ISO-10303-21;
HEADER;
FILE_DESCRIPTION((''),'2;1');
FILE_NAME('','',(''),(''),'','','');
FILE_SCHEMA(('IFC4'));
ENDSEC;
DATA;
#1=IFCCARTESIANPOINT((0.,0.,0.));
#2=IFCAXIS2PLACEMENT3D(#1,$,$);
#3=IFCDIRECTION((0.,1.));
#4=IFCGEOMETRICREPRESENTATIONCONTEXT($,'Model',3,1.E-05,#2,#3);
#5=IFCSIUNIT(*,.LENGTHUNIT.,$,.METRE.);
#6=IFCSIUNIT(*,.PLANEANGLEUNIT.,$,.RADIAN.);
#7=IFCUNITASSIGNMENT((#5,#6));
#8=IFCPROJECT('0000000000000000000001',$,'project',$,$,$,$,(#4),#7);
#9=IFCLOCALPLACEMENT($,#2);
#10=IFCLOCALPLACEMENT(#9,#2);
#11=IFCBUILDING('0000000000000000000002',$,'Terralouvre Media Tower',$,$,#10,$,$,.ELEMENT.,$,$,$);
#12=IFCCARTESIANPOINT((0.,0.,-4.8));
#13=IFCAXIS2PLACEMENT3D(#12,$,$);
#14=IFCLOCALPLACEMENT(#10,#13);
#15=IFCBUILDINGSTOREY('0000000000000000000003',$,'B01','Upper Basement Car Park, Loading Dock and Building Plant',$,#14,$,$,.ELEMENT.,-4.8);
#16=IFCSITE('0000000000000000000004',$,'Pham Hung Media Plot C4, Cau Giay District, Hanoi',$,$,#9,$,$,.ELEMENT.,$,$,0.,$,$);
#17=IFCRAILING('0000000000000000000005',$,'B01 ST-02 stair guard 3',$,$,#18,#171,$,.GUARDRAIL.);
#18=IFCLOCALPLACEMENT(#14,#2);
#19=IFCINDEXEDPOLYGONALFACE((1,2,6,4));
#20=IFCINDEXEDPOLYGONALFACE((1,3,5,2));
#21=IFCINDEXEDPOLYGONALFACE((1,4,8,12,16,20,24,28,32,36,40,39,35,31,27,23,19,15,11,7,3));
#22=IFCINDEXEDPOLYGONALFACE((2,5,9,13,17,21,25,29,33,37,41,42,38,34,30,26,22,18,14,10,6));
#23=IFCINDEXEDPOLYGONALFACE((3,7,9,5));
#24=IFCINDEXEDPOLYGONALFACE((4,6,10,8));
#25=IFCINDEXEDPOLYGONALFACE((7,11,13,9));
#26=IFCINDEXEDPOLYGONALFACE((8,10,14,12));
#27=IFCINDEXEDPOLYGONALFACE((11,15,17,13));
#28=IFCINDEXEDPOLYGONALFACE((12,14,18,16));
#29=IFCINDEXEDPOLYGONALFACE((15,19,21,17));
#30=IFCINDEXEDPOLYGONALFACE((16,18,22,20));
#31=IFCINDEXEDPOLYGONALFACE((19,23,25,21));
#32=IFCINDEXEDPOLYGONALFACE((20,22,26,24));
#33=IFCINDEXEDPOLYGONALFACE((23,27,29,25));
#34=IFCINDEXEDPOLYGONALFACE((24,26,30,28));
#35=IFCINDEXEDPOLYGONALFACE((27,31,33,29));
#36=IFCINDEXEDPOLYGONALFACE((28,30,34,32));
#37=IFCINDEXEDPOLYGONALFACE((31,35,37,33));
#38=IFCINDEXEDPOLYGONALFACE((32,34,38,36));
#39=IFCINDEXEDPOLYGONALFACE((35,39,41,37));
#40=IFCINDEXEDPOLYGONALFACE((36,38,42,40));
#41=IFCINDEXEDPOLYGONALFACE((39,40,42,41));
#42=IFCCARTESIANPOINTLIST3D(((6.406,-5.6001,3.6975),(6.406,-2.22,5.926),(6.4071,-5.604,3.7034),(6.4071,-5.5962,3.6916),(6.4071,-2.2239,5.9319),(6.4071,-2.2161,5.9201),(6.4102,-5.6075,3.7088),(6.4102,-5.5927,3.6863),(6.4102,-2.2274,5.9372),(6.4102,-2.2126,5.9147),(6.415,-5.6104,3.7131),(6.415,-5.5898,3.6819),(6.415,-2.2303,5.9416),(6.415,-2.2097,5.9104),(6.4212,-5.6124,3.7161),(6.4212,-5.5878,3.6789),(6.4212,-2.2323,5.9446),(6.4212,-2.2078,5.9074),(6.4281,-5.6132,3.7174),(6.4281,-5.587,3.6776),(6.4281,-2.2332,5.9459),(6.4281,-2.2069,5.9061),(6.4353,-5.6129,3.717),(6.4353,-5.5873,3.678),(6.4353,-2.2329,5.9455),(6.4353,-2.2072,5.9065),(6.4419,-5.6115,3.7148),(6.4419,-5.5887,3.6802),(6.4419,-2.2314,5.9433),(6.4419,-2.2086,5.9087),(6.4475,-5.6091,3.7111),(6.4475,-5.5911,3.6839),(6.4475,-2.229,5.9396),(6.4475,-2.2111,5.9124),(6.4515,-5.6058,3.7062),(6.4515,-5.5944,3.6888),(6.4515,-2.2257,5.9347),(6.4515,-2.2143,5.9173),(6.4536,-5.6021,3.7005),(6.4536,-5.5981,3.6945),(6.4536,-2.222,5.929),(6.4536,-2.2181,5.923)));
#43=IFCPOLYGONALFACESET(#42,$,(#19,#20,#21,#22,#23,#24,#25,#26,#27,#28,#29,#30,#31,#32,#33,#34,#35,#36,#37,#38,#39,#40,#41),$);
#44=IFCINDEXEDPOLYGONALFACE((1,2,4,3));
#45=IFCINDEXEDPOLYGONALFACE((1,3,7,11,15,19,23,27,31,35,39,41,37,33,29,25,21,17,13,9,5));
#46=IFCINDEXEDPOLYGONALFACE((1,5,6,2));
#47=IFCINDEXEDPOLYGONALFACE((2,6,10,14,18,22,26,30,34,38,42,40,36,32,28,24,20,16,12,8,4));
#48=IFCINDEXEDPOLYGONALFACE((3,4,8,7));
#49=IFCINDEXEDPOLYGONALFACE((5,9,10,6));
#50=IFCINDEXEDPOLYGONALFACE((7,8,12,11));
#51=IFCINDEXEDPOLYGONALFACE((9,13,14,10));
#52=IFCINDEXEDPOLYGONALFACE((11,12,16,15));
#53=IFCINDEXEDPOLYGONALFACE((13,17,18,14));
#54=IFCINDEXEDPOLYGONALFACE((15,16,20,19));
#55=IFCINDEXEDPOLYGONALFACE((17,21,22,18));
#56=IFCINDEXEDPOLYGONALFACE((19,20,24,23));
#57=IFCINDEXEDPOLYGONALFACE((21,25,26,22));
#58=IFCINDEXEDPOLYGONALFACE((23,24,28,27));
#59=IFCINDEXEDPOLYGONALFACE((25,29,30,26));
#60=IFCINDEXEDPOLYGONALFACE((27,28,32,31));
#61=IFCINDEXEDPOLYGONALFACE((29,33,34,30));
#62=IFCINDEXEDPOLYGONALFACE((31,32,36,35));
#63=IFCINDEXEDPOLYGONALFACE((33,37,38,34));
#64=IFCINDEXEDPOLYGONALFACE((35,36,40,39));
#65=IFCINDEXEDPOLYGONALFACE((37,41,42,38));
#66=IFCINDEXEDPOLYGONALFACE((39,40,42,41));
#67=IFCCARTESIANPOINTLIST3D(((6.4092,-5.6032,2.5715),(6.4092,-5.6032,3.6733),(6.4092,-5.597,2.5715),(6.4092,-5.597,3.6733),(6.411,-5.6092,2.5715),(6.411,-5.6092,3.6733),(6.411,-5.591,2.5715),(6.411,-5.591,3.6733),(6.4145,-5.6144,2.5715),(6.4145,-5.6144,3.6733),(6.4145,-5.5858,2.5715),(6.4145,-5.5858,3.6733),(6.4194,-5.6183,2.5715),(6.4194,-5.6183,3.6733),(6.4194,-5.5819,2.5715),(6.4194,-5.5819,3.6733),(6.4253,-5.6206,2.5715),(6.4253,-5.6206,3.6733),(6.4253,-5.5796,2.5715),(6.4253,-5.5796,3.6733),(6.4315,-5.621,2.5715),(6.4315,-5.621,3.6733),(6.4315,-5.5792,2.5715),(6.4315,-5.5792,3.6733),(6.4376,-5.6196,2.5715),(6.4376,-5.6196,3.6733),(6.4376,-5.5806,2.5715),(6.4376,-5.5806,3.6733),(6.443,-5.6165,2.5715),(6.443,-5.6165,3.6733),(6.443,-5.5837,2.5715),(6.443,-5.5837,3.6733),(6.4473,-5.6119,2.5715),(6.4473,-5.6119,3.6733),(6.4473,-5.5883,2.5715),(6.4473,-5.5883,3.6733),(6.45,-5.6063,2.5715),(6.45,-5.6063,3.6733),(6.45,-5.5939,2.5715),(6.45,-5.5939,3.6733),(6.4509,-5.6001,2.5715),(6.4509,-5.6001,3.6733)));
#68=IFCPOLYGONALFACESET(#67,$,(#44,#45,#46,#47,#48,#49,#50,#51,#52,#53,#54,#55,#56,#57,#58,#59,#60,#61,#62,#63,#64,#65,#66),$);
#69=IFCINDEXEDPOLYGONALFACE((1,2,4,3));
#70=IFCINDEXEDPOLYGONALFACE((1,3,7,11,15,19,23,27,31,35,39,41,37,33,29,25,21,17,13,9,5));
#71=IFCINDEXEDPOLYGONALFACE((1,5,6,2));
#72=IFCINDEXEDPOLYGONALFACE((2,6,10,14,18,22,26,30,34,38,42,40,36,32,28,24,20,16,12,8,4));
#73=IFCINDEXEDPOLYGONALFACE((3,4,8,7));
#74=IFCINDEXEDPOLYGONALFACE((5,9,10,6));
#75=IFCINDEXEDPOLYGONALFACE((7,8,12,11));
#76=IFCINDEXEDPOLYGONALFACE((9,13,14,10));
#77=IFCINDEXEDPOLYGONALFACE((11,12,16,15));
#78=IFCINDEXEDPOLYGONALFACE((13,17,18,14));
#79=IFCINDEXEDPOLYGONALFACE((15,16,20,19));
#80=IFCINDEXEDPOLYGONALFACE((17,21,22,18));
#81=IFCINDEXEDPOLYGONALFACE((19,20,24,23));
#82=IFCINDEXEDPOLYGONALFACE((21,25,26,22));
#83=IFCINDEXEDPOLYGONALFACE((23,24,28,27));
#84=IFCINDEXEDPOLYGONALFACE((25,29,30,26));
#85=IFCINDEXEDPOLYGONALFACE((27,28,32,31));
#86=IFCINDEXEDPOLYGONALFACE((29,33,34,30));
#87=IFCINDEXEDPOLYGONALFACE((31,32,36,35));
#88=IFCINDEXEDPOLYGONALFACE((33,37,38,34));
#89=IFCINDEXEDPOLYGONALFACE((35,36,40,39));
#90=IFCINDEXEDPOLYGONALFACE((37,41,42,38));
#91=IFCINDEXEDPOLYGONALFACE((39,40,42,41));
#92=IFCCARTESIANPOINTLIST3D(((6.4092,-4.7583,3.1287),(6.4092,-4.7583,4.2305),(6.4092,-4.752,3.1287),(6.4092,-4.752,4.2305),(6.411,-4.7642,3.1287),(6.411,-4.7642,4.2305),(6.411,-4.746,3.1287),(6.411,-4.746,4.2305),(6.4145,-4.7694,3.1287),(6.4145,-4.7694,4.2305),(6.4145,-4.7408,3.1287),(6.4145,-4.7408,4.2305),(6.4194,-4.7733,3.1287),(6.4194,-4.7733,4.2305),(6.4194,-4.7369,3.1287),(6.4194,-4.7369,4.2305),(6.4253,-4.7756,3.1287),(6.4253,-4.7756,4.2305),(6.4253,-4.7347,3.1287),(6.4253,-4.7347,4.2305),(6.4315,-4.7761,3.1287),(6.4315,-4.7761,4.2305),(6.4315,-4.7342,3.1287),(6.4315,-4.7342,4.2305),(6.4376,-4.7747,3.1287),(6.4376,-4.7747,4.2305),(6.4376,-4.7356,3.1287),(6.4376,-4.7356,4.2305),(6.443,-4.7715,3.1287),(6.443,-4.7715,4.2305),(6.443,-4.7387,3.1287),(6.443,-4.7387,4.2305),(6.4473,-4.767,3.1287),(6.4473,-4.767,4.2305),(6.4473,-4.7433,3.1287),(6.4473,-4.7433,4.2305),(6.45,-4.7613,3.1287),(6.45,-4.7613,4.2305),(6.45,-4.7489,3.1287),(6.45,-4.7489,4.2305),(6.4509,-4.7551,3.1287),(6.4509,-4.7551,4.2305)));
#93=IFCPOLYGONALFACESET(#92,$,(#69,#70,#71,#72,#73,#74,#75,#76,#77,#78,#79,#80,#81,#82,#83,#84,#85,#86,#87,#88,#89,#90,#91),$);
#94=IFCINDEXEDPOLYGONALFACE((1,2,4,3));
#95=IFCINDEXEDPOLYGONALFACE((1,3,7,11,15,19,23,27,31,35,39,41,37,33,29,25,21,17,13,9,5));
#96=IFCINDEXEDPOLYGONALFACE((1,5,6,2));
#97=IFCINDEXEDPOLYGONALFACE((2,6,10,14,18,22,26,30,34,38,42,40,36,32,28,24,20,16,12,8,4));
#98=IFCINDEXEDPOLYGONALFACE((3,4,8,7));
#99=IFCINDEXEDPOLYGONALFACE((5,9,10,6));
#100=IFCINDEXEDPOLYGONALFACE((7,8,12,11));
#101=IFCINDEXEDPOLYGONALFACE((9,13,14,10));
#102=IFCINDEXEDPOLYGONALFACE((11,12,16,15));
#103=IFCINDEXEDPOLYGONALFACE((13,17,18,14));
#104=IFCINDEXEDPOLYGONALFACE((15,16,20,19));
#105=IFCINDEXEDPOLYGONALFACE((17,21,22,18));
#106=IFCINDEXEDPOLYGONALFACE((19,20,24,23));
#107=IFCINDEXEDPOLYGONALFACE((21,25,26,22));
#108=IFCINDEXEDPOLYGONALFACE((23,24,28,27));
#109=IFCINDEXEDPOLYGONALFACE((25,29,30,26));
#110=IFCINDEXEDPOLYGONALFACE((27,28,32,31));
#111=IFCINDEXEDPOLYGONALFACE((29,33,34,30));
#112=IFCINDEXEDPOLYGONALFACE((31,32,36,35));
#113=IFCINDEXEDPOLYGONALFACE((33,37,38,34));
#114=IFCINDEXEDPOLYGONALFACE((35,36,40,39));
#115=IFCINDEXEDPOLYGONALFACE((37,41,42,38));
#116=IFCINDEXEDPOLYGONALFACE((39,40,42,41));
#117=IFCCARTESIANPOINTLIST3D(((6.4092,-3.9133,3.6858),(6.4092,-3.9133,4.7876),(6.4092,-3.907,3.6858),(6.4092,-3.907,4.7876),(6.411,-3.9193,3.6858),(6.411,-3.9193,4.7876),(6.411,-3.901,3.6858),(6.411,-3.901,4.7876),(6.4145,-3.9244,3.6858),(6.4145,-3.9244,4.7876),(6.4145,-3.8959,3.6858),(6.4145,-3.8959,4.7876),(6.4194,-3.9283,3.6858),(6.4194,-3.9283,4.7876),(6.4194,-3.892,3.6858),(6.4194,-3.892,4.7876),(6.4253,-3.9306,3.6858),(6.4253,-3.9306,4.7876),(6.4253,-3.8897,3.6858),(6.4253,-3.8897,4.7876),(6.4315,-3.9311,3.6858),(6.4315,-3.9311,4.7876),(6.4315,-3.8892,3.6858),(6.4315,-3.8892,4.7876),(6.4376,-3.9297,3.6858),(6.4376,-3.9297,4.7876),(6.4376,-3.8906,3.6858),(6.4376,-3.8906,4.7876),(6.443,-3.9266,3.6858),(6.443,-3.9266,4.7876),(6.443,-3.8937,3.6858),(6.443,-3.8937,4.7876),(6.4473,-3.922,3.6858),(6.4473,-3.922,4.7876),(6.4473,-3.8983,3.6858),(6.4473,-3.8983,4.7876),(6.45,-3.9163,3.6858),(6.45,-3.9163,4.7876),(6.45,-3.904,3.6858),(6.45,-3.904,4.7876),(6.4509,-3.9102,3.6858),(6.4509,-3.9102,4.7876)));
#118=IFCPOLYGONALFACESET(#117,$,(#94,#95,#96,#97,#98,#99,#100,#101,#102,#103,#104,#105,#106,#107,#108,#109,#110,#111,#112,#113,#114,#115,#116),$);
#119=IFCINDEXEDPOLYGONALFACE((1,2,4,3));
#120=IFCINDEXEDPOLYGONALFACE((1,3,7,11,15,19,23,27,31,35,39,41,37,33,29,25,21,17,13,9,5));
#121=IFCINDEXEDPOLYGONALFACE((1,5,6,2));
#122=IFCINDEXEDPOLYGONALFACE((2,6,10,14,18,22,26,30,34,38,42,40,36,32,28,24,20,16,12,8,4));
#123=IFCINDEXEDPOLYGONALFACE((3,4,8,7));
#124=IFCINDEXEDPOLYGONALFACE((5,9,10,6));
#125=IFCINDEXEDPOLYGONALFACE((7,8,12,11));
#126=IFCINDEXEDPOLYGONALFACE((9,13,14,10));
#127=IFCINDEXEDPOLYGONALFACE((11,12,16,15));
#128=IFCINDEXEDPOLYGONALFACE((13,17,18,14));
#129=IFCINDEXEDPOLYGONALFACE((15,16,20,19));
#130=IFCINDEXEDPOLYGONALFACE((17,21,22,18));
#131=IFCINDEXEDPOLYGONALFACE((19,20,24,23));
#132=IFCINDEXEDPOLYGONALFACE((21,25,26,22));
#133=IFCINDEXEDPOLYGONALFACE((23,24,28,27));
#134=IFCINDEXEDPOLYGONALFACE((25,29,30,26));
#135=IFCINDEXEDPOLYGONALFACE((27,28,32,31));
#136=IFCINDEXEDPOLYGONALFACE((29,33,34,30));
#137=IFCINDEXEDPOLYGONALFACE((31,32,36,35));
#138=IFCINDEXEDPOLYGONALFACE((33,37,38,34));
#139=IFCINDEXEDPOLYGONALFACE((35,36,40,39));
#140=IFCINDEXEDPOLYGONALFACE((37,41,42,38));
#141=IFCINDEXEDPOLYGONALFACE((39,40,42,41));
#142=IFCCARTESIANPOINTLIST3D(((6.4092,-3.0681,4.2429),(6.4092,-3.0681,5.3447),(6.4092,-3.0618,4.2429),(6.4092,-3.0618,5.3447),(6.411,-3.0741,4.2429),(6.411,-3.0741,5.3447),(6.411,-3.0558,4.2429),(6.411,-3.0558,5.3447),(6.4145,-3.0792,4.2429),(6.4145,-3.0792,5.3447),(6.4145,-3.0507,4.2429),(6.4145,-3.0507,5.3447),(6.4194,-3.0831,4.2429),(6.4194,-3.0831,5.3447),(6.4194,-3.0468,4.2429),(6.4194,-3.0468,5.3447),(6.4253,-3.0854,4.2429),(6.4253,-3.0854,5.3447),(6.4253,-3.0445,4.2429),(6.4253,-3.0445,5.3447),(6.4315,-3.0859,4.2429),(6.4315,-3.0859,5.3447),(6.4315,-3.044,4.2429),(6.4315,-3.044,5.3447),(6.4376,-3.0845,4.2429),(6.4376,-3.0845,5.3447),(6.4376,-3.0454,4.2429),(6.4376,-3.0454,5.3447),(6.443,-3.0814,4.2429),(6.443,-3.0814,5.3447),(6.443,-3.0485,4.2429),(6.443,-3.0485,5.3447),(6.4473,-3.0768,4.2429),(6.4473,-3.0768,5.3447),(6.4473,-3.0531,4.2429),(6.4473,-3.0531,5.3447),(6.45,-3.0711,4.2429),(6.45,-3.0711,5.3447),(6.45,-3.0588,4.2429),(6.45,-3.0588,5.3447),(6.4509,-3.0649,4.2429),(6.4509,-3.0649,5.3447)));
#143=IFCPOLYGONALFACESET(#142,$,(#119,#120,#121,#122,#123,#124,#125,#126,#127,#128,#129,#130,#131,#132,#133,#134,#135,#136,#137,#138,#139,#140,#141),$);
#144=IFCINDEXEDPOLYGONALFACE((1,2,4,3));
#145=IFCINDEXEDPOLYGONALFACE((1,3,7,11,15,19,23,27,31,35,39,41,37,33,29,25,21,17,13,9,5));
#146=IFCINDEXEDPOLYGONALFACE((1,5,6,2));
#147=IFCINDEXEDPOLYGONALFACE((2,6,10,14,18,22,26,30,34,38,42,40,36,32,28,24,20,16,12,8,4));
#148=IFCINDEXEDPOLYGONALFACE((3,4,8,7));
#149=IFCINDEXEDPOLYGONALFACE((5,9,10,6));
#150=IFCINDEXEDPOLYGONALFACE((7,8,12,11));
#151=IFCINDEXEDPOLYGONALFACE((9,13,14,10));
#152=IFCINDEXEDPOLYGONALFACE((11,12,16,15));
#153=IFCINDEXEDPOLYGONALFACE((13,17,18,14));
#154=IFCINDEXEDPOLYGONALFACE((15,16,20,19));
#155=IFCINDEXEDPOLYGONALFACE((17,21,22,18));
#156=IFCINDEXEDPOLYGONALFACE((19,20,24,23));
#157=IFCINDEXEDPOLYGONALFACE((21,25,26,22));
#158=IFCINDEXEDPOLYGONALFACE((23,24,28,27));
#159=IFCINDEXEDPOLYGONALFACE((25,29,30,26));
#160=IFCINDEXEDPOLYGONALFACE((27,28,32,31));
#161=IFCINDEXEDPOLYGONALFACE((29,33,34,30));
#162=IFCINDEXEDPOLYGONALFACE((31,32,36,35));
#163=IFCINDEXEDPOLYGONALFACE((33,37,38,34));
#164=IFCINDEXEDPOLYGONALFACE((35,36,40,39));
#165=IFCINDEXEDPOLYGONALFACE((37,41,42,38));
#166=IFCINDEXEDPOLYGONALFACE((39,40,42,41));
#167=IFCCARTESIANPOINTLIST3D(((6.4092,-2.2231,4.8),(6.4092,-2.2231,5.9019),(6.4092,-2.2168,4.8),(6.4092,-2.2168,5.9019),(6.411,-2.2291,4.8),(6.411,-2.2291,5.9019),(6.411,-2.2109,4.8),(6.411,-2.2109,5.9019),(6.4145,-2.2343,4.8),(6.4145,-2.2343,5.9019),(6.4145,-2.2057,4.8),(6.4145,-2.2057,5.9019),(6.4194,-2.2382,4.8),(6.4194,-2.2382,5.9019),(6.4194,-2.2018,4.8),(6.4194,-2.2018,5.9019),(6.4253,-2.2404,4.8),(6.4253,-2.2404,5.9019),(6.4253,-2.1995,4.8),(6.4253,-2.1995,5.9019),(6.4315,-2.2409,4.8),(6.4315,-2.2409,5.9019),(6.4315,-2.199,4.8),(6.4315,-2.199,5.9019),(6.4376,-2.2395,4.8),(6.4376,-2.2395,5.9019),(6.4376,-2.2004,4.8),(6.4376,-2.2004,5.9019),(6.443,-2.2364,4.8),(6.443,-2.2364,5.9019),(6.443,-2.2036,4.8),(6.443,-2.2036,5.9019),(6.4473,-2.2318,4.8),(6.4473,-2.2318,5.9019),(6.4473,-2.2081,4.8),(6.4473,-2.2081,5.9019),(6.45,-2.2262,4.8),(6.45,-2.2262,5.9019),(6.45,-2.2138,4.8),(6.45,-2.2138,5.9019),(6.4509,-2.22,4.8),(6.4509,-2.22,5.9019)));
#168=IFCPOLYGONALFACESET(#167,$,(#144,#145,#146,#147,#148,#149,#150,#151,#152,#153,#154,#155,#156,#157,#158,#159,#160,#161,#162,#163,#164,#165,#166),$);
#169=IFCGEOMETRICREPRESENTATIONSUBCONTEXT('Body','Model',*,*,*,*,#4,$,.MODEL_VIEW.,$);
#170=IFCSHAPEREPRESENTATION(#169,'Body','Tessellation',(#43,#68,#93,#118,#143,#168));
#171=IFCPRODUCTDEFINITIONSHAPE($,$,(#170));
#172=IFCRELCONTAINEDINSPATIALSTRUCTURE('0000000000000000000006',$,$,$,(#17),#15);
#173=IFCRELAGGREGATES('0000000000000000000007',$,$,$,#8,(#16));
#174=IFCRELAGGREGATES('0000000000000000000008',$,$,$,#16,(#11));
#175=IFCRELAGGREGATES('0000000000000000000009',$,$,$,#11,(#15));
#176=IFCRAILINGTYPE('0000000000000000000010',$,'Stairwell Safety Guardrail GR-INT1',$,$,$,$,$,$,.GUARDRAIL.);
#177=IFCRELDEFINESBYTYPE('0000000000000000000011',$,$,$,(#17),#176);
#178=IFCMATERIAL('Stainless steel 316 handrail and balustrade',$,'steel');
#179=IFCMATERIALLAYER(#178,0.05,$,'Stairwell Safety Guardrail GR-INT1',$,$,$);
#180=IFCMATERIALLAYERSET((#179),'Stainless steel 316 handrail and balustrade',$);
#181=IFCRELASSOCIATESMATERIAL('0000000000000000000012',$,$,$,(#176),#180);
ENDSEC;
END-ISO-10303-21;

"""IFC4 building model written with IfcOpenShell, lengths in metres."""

from ifc_helpers import new_model, si_unit, direction, frame, origin, origin_2d, place, context, subcontext, project, spatial, circle, extrude, material, layer, layer_set, type_object, element, save


model = new_model("IFC4")

# Units and contexts
model_context = context("Model", 3, precision=1e-05, world=origin(), true_north=direction((0.0, 1.0)))
body_context = subcontext(model_context, "Body", "Model", "MODEL_VIEW")
ifc_project = project(units=[si_unit("LENGTHUNIT", "METRE"), si_unit("PLANEANGLEUNIT", "RADIAN")], contexts=[model_context])

# Site, building, storey
site_placement = place(None, origin())
site = spatial("IfcSite", under=ifc_project, at=site_placement, Name="Pham Hung Media Plot C4, Cau Giay District, Hanoi", CompositionType="ELEMENT", RefElevation=0.0)
building_placement = place(site_placement, origin())
building = spatial("IfcBuilding", under=site, at=building_placement, Name="Terralouvre Media Tower", CompositionType="ELEMENT")
storey_placement = place(building_placement, frame((0.0, 0.0, -4.8)))
storey = spatial("IfcBuildingStorey", under=building, at=storey_placement, Name="B01", Description="Upper Basement Car Park, Loading Dock and Building Plant", CompositionType="ELEMENT", Elevation=-4.8)

# Railing
ifc_material_1 = material(Name="Stainless steel 316 handrail and balustrade", Category="steel")
ifc_layer_1 = layer(ifc_material_1, 0.05, Name="Stairwell Safety Guardrail GR-INT1")
ifc_layer_set_1 = layer_set([ifc_layer_1], Name="Stainless steel 316 handrail and balustrade")
railing_type_1 = type_object("IfcRailingType", Name="Stairwell Safety Guardrail GR-INT1", PredefinedType="GUARDRAIL", material=ifc_layer_set_1)
railing_1_placement = place(storey_placement, frame((6.4299, -5.6001, 2.5715)))
element("IfcRailing", 1, at=railing_1_placement, inside=storey, type_object=railing_type_1, Name="B01 ST-02 stair guard 3", PredefinedType="GUARDRAIL", context=body_context, shape_type="SweptSolid", body=[
    extrude(circle(Radius=0.0239, at=origin_2d()), frame((0.0, 0.0, 1.126), z_axis=(0.0, 0.834878, 0.550435), x_axis=(-1.0, 0.0, 0.0)), (0.0, 0.0, 1.0), 4.0486),
    extrude(circle(Radius=0.021, at=origin_2d()), origin(), (0.0, 0.0, 1.0), 1.1018),
    extrude(circle(Radius=0.021, at=origin_2d()), frame((0.0, 0.845, 0.5571)), (0.0, 0.0, 1.0), 1.1018),
    extrude(circle(Radius=0.021, at=origin_2d()), frame((0.0, 1.6899, 1.1143)), (0.0, 0.0, 1.0), 1.1018),
    extrude(circle(Radius=0.021, at=origin_2d()), frame((0.0, 2.5352, 1.6714)), (0.0, 0.0, 1.0), 1.1018),
    extrude(circle(Radius=0.021, at=origin_2d()), frame((0.0, 3.3801, 2.2285)), (0.0, 0.0, 1.0), 1.1018),
])

save(model, "model.ifc")
